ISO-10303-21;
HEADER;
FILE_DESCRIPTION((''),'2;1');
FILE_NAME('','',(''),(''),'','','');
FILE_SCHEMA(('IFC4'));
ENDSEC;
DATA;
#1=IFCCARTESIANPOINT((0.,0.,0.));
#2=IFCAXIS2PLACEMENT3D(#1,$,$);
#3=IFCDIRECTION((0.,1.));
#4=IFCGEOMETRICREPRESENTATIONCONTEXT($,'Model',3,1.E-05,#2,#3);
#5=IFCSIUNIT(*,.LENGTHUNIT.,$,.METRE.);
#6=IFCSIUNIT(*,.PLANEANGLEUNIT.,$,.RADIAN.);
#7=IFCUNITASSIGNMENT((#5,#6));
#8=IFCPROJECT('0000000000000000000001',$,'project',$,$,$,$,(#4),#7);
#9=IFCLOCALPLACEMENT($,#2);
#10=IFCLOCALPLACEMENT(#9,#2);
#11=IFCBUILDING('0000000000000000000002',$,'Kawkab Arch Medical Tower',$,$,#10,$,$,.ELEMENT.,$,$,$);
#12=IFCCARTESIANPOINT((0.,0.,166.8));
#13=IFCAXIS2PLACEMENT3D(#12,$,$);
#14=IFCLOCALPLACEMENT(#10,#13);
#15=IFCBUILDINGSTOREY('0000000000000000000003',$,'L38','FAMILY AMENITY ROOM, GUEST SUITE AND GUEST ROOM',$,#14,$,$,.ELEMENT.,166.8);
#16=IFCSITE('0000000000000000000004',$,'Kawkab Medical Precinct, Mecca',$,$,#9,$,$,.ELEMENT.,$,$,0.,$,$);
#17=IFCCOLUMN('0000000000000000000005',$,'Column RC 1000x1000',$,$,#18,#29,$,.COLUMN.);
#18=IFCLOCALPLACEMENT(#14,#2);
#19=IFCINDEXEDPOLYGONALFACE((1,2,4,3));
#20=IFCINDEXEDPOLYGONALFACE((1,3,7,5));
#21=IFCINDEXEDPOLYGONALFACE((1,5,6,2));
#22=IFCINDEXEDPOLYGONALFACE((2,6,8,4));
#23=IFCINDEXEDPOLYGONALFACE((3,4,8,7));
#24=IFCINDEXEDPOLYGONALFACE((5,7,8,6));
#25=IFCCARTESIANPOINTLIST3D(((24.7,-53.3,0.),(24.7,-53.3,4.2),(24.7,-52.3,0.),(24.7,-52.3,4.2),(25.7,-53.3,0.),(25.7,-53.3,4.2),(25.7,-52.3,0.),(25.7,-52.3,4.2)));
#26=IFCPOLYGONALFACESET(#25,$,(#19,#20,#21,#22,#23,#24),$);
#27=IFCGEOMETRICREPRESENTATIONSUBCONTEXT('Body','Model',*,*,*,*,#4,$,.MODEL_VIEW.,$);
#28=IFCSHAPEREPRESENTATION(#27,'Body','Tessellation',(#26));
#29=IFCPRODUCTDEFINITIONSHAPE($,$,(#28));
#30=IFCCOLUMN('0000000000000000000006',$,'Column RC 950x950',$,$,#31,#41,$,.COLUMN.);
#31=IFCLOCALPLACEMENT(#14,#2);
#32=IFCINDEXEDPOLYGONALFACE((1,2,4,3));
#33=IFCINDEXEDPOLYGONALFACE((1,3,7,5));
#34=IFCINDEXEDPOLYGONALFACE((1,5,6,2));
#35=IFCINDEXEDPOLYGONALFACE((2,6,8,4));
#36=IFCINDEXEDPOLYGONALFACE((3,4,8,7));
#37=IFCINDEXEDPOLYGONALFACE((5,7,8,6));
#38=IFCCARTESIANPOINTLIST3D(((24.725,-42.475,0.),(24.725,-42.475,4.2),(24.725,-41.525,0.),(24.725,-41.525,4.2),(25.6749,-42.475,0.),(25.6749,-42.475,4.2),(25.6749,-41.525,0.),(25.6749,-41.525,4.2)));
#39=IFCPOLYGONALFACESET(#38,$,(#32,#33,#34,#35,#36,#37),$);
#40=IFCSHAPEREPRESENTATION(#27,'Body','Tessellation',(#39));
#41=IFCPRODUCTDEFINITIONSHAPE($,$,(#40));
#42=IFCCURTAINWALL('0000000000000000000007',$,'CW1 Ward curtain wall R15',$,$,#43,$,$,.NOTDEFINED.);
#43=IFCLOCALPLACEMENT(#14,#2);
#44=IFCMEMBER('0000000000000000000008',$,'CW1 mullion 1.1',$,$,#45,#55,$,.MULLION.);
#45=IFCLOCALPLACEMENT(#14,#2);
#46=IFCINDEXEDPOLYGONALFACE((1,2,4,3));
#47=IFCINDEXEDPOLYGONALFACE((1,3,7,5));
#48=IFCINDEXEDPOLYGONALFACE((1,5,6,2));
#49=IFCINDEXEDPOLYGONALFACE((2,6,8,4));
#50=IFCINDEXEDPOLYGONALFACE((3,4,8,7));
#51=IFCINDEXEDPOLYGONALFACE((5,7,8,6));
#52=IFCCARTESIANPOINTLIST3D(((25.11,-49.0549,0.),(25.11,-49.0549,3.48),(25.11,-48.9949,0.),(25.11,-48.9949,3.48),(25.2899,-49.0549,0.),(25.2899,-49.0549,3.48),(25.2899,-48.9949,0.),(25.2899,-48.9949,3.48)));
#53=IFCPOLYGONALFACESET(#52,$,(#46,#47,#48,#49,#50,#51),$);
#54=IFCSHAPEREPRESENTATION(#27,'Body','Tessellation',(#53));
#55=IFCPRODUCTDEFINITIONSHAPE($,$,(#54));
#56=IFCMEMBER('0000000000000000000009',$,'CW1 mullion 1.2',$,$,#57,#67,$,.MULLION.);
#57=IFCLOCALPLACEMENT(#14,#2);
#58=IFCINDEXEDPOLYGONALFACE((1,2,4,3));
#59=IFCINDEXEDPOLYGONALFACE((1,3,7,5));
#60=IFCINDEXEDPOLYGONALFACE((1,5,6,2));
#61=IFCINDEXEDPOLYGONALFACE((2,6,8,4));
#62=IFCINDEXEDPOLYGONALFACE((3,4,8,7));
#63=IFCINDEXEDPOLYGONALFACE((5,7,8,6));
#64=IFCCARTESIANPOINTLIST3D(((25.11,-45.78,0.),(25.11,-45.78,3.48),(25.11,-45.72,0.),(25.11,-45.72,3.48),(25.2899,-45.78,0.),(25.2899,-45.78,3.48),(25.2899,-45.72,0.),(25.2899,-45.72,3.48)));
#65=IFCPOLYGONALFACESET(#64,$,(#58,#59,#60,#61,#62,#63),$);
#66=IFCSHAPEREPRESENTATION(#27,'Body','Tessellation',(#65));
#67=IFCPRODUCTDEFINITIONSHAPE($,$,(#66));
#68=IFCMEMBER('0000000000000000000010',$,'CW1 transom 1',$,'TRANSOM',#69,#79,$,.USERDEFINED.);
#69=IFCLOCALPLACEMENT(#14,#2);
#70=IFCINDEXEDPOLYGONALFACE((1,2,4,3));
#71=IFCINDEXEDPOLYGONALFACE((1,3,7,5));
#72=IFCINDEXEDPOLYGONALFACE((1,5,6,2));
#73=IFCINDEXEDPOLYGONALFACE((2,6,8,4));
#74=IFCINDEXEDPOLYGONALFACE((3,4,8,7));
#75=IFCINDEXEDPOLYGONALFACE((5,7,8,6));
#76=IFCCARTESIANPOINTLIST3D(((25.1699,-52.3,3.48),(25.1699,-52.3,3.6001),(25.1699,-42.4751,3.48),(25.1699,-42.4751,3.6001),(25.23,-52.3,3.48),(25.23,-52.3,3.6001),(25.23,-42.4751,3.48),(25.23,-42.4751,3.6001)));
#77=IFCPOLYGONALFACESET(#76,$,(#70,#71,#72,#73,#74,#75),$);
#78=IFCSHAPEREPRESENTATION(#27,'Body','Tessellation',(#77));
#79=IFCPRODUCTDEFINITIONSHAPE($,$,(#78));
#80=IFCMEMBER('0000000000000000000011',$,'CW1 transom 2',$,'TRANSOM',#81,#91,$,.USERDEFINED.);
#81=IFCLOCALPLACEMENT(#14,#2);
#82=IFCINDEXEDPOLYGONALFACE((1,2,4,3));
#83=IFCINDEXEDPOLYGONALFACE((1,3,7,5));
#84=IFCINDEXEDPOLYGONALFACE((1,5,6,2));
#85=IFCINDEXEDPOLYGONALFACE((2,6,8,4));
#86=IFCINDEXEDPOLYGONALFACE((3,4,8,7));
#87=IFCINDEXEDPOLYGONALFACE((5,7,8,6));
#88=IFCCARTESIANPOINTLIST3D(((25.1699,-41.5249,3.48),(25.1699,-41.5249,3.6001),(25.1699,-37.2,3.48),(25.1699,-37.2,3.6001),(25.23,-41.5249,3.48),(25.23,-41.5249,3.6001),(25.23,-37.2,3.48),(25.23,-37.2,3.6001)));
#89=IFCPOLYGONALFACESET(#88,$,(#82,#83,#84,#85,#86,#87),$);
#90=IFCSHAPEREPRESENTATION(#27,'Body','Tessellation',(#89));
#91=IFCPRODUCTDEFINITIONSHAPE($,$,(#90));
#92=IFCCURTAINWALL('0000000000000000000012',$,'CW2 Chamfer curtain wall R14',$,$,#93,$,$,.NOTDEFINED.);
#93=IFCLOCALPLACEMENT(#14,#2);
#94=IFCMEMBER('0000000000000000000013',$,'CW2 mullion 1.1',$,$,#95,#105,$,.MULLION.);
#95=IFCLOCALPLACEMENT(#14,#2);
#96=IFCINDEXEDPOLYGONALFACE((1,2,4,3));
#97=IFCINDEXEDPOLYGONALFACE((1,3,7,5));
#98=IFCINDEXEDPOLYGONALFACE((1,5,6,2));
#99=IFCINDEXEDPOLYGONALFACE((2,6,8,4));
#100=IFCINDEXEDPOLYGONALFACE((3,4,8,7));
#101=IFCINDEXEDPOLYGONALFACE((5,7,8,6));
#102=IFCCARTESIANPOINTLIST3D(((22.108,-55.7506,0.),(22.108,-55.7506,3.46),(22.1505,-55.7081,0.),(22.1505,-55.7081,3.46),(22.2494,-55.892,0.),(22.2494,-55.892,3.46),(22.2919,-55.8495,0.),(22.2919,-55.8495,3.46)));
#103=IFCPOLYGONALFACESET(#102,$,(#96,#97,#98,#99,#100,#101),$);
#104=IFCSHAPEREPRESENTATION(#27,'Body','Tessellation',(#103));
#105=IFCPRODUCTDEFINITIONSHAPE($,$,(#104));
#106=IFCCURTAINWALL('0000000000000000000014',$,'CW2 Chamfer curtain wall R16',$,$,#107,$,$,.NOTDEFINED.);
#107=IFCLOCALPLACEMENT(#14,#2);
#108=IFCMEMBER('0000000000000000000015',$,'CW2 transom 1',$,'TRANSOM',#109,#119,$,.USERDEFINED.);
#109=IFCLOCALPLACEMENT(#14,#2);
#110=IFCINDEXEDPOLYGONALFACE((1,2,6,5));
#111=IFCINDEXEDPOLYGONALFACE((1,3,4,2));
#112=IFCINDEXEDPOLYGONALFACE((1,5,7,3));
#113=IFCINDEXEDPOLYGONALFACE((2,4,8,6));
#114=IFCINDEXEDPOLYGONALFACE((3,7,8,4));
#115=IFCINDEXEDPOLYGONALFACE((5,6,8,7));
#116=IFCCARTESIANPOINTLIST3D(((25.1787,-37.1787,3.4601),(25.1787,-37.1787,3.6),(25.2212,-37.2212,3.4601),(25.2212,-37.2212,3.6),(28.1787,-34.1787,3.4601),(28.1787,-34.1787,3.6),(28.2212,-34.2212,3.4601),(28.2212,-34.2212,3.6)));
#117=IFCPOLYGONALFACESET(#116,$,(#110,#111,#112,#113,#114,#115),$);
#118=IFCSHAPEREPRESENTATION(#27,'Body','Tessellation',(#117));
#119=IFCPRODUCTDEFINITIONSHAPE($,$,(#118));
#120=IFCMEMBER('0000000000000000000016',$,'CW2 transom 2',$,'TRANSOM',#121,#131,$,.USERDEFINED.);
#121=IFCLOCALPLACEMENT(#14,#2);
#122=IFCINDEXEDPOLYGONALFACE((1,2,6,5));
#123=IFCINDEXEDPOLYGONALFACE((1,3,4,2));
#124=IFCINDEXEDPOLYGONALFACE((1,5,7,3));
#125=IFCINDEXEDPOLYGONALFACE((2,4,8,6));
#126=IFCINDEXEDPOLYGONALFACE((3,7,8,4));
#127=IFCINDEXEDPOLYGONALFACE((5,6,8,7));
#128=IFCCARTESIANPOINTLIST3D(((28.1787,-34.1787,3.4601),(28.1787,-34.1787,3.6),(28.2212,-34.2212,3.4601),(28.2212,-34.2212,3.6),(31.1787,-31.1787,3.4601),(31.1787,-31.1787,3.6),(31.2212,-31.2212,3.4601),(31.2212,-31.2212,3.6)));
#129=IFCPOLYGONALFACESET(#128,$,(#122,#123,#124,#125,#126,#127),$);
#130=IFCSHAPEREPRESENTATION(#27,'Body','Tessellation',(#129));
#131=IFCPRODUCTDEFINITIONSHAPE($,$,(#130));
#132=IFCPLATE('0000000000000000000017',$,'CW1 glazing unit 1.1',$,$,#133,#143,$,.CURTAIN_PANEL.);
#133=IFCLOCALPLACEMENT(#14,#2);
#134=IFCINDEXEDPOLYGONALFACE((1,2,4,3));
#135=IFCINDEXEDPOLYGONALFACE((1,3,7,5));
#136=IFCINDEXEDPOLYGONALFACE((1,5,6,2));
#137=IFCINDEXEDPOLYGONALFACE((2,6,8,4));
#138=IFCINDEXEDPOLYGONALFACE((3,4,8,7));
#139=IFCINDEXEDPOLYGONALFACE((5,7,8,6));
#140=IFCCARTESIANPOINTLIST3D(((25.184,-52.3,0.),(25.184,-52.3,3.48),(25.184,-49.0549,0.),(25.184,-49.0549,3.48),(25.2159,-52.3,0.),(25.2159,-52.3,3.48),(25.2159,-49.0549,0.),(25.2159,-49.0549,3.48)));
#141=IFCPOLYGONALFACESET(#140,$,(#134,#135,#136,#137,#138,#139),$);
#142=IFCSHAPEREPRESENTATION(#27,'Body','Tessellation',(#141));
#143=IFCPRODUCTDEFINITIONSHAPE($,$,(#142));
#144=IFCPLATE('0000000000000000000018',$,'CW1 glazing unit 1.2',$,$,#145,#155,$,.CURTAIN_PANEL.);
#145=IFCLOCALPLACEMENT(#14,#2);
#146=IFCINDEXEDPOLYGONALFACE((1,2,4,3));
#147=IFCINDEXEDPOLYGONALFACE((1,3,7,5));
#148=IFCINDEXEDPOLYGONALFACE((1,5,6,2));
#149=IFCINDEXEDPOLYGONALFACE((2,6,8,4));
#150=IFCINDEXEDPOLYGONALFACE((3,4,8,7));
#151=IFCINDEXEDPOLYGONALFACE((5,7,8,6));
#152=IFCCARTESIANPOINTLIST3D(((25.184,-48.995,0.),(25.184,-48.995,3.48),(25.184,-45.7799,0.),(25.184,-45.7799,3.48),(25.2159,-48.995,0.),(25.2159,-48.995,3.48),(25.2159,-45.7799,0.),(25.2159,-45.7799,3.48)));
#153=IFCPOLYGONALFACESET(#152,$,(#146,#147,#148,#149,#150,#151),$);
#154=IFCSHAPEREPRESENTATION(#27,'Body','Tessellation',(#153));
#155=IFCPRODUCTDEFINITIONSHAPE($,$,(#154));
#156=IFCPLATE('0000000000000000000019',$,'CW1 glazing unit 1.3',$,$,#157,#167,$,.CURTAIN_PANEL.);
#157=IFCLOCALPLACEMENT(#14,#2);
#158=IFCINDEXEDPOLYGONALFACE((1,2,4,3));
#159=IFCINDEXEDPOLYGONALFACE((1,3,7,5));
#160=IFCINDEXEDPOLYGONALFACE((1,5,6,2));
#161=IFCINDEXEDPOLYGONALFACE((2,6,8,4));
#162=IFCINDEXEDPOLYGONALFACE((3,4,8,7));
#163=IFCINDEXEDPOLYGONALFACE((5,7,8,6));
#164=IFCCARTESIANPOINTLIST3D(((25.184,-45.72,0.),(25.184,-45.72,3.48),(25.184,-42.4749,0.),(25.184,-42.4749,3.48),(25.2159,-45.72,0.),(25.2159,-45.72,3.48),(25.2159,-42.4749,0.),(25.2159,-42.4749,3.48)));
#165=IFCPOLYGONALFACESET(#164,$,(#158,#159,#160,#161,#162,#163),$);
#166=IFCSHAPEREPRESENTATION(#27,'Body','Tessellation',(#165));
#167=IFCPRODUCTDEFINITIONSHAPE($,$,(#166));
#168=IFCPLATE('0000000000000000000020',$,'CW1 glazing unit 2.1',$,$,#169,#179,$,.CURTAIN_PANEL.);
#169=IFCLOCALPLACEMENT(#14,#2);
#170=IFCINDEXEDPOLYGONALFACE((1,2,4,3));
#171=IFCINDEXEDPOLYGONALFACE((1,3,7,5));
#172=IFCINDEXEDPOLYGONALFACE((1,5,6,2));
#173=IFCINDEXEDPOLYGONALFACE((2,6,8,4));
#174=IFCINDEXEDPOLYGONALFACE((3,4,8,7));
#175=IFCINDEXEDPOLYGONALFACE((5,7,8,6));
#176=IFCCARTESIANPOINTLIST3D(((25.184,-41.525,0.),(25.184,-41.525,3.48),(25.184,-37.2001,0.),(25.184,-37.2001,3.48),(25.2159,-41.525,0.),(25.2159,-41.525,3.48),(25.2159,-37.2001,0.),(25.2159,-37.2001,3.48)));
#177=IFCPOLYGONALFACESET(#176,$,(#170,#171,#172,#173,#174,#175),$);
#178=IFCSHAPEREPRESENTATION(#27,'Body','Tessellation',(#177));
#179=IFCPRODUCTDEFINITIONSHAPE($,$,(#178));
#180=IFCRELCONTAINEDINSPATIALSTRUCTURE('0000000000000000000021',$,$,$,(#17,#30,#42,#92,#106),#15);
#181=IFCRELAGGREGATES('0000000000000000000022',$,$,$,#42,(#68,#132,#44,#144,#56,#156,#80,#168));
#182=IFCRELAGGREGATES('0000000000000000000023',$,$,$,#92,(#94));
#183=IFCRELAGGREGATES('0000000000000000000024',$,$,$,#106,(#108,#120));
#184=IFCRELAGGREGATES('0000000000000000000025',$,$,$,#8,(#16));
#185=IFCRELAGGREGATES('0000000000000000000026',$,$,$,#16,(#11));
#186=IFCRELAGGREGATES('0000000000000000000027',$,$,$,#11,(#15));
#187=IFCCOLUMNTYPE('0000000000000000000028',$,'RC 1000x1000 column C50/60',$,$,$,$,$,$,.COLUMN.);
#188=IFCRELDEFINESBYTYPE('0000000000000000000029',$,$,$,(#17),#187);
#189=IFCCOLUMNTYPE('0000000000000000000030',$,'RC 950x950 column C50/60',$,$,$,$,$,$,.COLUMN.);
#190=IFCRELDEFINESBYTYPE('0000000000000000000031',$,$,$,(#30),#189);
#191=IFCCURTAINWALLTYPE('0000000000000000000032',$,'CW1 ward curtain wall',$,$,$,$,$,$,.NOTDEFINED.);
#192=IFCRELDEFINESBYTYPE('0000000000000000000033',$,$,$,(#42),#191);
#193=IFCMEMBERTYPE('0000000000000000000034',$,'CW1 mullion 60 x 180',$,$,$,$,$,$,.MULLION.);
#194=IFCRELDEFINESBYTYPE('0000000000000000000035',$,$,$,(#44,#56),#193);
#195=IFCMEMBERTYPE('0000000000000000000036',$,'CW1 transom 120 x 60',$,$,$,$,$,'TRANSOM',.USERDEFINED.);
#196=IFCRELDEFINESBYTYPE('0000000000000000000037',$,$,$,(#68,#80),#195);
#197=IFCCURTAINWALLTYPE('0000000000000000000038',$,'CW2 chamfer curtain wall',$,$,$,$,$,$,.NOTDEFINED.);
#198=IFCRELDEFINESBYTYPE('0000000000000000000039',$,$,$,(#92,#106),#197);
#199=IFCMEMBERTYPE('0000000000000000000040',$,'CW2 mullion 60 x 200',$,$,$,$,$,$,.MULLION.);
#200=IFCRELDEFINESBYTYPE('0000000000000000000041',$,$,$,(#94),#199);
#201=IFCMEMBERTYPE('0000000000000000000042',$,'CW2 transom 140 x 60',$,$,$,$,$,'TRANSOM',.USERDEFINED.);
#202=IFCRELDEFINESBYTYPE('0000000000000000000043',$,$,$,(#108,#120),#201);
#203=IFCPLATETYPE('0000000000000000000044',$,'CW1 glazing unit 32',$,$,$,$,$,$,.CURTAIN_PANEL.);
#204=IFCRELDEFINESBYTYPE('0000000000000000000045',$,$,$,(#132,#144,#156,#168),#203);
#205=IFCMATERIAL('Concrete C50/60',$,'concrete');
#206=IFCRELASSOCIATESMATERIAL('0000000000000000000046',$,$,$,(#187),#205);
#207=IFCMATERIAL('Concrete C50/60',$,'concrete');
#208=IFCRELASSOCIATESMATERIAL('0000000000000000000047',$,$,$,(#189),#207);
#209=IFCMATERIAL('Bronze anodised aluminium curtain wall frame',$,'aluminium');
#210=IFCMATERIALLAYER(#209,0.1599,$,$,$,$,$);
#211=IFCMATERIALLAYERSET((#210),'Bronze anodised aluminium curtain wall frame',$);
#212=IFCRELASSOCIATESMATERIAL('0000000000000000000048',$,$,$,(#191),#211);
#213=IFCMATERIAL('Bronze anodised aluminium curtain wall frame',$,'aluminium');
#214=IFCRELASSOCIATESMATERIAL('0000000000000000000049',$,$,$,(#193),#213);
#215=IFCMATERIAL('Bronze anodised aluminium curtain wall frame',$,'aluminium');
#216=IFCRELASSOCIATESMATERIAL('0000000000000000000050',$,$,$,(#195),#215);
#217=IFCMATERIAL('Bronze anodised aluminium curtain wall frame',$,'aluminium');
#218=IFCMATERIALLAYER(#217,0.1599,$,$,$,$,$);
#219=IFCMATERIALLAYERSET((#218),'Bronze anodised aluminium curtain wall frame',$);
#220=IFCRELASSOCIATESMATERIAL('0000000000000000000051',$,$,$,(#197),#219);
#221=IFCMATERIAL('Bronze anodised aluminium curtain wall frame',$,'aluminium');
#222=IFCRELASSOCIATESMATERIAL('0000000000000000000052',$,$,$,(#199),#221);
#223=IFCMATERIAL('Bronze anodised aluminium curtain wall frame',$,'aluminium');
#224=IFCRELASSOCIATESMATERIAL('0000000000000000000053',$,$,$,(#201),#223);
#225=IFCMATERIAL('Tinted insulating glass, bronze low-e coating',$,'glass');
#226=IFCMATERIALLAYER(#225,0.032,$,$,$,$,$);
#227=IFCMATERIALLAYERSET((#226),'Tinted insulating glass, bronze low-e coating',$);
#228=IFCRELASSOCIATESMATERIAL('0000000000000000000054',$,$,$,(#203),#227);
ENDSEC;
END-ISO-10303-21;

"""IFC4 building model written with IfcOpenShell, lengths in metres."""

from ifc_helpers import new_model, si_unit, direction, frame, origin, origin_2d, place, context, subcontext, project, spatial, rectangle, extrude, material, layer, layer_set, material_profile, profile_set, type_object, element, aggregate, save


model = new_model("IFC4")

# Units and contexts
model_context = context("Model", 3, precision=1e-05, world=origin(), true_north=direction((0.0, 1.0)))
body_context = subcontext(model_context, "Body", "Model", "MODEL_VIEW")
ifc_project = project(units=[si_unit("LENGTHUNIT", "METRE"), si_unit("PLANEANGLEUNIT", "RADIAN")], contexts=[model_context])

# Site, building, storey
site_placement = place(None, origin())
site = spatial("IfcSite", under=ifc_project, at=site_placement, Name="Kawkab Medical Precinct, Mecca", CompositionType="ELEMENT", RefElevation=0.0)
building_placement = place(site_placement, origin())
building = spatial("IfcBuilding", under=site, at=building_placement, Name="Kawkab Arch Medical Tower", CompositionType="ELEMENT")
storey_placement = place(building_placement, frame((0.0, 0.0, 166.8)))
storey = spatial("IfcBuildingStorey", under=building, at=storey_placement, Name="L38", Description="FAMILY AMENITY ROOM, GUEST SUITE AND GUEST ROOM", CompositionType="ELEMENT", Elevation=166.8)

# Columns
ifc_material_1 = material(Name="Concrete C50/60", Category="concrete")
ifc_material_profile_1 = material_profile(ifc_material_1, rectangle(XDim=1.0, YDim=1.0, at=origin_2d()), Name="RC 1000x1000")
ifc_profile_set_1 = profile_set([ifc_material_profile_1], Name="Concrete C50/60")
column_type_1 = type_object("IfcColumnType", Name="RC 1000x1000 column C50/60", PredefinedType="COLUMN", material=ifc_profile_set_1)
column_1_placement = place(storey_placement, frame((25.2, -52.8, 0.0), z_axis=(0.0, 0.0, 1.0), x_axis=(1.0, 0.0, 0.0)))
element("IfcColumn", 1, at=column_1_placement, inside=storey, type_object=column_type_1, Name="Column RC 1000x1000", PredefinedType="COLUMN", context=body_context, shape_type="SweptSolid", body=[
    extrude(rectangle(XDim=1.0, YDim=1.0, at=origin_2d()), origin(), (0.0, 0.0, 1.0), 4.2),
])
ifc_material_2 = material(Name="Concrete C50/60", Category="concrete")
ifc_material_profile_2 = material_profile(ifc_material_2, rectangle(XDim=0.95, YDim=0.95, at=origin_2d()), Name="RC 950x950")
ifc_profile_set_2 = profile_set([ifc_material_profile_2], Name="Concrete C50/60")
column_type_2 = type_object("IfcColumnType", Name="RC 950x950 column C50/60", PredefinedType="COLUMN", material=ifc_profile_set_2)
column_2_placement = place(storey_placement, frame((25.2, -42.0, 0.0), z_axis=(0.0, 0.0, 1.0), x_axis=(1.0, 0.0, 0.0)))
element("IfcColumn", 2, at=column_2_placement, inside=storey, type_object=column_type_2, Name="Column RC 950x950", PredefinedType="COLUMN", context=body_context, shape_type="SweptSolid", body=[
    extrude(rectangle(XDim=0.95, YDim=0.95, at=origin_2d()), origin(), (0.0, 0.0, 1.0), 4.2),
])

# Curtain wall, members
ifc_material_3 = material(Name="Bronze anodised aluminium curtain wall frame", Category="aluminium")
ifc_layer_1 = layer(ifc_material_3, 0.1599)
ifc_layer_set_1 = layer_set([ifc_layer_1], Name="Bronze anodised aluminium curtain wall frame")
curtain_wall_type_1 = type_object("IfcCurtainWallType", Name="CW1 ward curtain wall", PredefinedType="NOTDEFINED", material=ifc_layer_set_1)
placement = place(storey_placement, origin())
curtain_wall_1 = element("IfcCurtainWall", 3, at=placement, inside=storey, type_object=curtain_wall_type_1, Name="CW1 Ward curtain wall R15", PredefinedType="NOTDEFINED")
ifc_material_4 = material(Name="Bronze anodised aluminium curtain wall frame", Category="aluminium")
ifc_material_profile_3 = material_profile(ifc_material_4, rectangle(XDim=0.1799, YDim=0.0601, at=origin_2d()), Name="AL 60x180")
ifc_profile_set_3 = profile_set([ifc_material_profile_3], Name="Bronze anodised aluminium curtain wall frame")
member_type_1 = type_object("IfcMemberType", Name="CW1 mullion 60 x 180", PredefinedType="MULLION", material=ifc_profile_set_3)
member_1_placement = place(storey_placement, frame((25.2, -49.0249, 0.0), z_axis=(0.0, 0.0, 1.0), x_axis=(-1.0, 0.0, 0.0)))
member_1 = element("IfcMember", 4, at=member_1_placement, type_object=member_type_1, Name="CW1 mullion 1.1", PredefinedType="MULLION", context=body_context, shape_type="SweptSolid", body=[
    extrude(rectangle(XDim=0.1799, YDim=0.0601, at=origin_2d()), origin(), (0.0, 0.0, 1.0), 3.48),
])
member_2_placement = place(storey_placement, frame((25.2, -45.75, 0.0), z_axis=(0.0, 0.0, 1.0), x_axis=(-1.0, 0.0, 0.0)))
member_2 = element("IfcMember", 5, at=member_2_placement, type_object=member_type_1, Name="CW1 mullion 1.2", PredefinedType="MULLION", context=body_context, shape_type="SweptSolid", body=[
    extrude(rectangle(XDim=0.1799, YDim=0.0601, at=origin_2d()), origin(), (0.0, 0.0, 1.0), 3.48),
])
ifc_material_5 = material(Name="Bronze anodised aluminium curtain wall frame", Category="aluminium")
ifc_material_profile_4 = material_profile(ifc_material_5, rectangle(XDim=0.0601, YDim=0.1201, at=origin_2d()), Name="AL 60x120")
ifc_profile_set_4 = profile_set([ifc_material_profile_4], Name="Bronze anodised aluminium curtain wall frame")
member_type_2 = type_object("IfcMemberType", Name="CW1 transom 120 x 60", ElementType="TRANSOM", PredefinedType="USERDEFINED", material=ifc_profile_set_4)
member_3_placement = place(storey_placement, frame((25.2, -52.3, 3.54), z_axis=(0.0, 1.0, 0.0), x_axis=(-1.0, 0.0, 0.0)))
member_3 = element("IfcMember", 6, at=member_3_placement, type_object=member_type_2, Name="CW1 transom 1", ObjectType="TRANSOM", PredefinedType="USERDEFINED", context=body_context, shape_type="SweptSolid", body=[
    extrude(rectangle(XDim=0.0601, YDim=0.1201, at=origin_2d()), origin(), (0.0, 0.0, 1.0), 9.825),
])
member_4_placement = place(storey_placement, frame((25.2, -41.5249, 3.54), z_axis=(0.0, 1.0, 0.0), x_axis=(-1.0, 0.0, 0.0)))
member_4 = element("IfcMember", 7, at=member_4_placement, type_object=member_type_2, Name="CW1 transom 2", ObjectType="TRANSOM", PredefinedType="USERDEFINED", context=body_context, shape_type="SweptSolid", body=[
    extrude(rectangle(XDim=0.0601, YDim=0.1201, at=origin_2d()), origin(), (0.0, 0.0, 1.0), 4.325),
])

# Curtain wall, member
ifc_material_6 = material(Name="Bronze anodised aluminium curtain wall frame", Category="aluminium")
ifc_layer_2 = layer(ifc_material_6, 0.1599)
ifc_layer_set_2 = layer_set([ifc_layer_2], Name="Bronze anodised aluminium curtain wall frame")
curtain_wall_type_2 = type_object("IfcCurtainWallType", Name="CW2 chamfer curtain wall", PredefinedType="NOTDEFINED", material=ifc_layer_set_2)
curtain_wall_2 = element("IfcCurtainWall", 8, at=placement, inside=storey, type_object=curtain_wall_type_2, Name="CW2 Chamfer curtain wall R14", PredefinedType="NOTDEFINED")
ifc_material_7 = material(Name="Bronze anodised aluminium curtain wall frame", Category="aluminium")
ifc_material_profile_5 = material_profile(ifc_material_7, rectangle(XDim=0.2, YDim=0.0601, at=origin_2d()), Name="AL 60x200")
ifc_profile_set_5 = profile_set([ifc_material_profile_5], Name="Bronze anodised aluminium curtain wall frame")
member_type_3 = type_object("IfcMemberType", Name="CW2 mullion 60 x 200", PredefinedType="MULLION", material=ifc_profile_set_5)
member_5_placement = place(storey_placement, frame((22.2, -55.8, 0.0), z_axis=(0.0, 0.0, 1.0), x_axis=(-0.707107, 0.707107, 0.0)))
member_5 = element("IfcMember", 9, at=member_5_placement, type_object=member_type_3, Name="CW2 mullion 1.1", PredefinedType="MULLION", context=body_context, shape_type="SweptSolid", body=[
    extrude(rectangle(XDim=0.2, YDim=0.0601, at=origin_2d()), origin(), (0.0, 0.0, 1.0), 3.46),
])

# Curtain wall, members
curtain_wall_3 = element("IfcCurtainWall", 10, at=placement, inside=storey, type_object=curtain_wall_type_2, Name="CW2 Chamfer curtain wall R16", PredefinedType="NOTDEFINED")
ifc_material_8 = material(Name="Bronze anodised aluminium curtain wall frame", Category="aluminium")
ifc_material_profile_6 = material_profile(ifc_material_8, rectangle(XDim=0.0601, YDim=0.1399, at=origin_2d()), Name="AL 60x140")
ifc_profile_set_6 = profile_set([ifc_material_profile_6], Name="Bronze anodised aluminium curtain wall frame")
member_type_4 = type_object("IfcMemberType", Name="CW2 transom 140 x 60", ElementType="TRANSOM", PredefinedType="USERDEFINED", material=ifc_profile_set_6)
member_6_placement = place(storey_placement, frame((25.2, -37.2, 3.53), z_axis=(0.707107, 0.707107, 0.0), x_axis=(-0.707107, 0.707107, 0.0)))
member_6 = element("IfcMember", 11, at=member_6_placement, type_object=member_type_4, Name="CW2 transom 1", ObjectType="TRANSOM", PredefinedType="USERDEFINED", context=body_context, shape_type="SweptSolid", body=[
    extrude(rectangle(XDim=0.0601, YDim=0.1399, at=origin_2d()), origin(), (0.0, 0.0, 1.0), 4.2427),
])
member_7_placement = place(storey_placement, frame((28.2, -34.2, 3.53), z_axis=(0.707107, 0.707107, 0.0), x_axis=(-0.707107, 0.707107, 0.0)))
member_7 = element("IfcMember", 12, at=member_7_placement, type_object=member_type_4, Name="CW2 transom 2", ObjectType="TRANSOM", PredefinedType="USERDEFINED", context=body_context, shape_type="SweptSolid", body=[
    extrude(rectangle(XDim=0.0601, YDim=0.1399, at=origin_2d()), origin(), (0.0, 0.0, 1.0), 4.2427),
])

# Plates
ifc_material_9 = material(Name="Tinted insulating glass, bronze low-e coating", Category="glass")
ifc_layer_3 = layer(ifc_material_9, 0.032)
ifc_layer_set_3 = layer_set([ifc_layer_3], Name="Tinted insulating glass, bronze low-e coating")
plate_type_1 = type_object("IfcPlateType", Name="CW1 glazing unit 32", PredefinedType="CURTAIN_PANEL", material=ifc_layer_set_3)
plate_1_placement = place(storey_placement, frame((25.2, -50.6775, 0.0), z_axis=(0.0, 0.0, 1.0), x_axis=(0.0, 1.0, 0.0)))
plate_1 = element("IfcPlate", 13, at=plate_1_placement, type_object=plate_type_1, Name="CW1 glazing unit 1.1", PredefinedType="CURTAIN_PANEL", context=body_context, shape_type="SweptSolid", body=[
    extrude(rectangle(XDim=3.2451, YDim=0.032, at=origin_2d()), origin(), (0.0, 0.0, 1.0), 3.48),
])
plate_2_placement = place(storey_placement, frame((25.2, -47.3875, 0.0), z_axis=(0.0, 0.0, 1.0), x_axis=(0.0, 1.0, 0.0)))
plate_2 = element("IfcPlate", 14, at=plate_2_placement, type_object=plate_type_1, Name="CW1 glazing unit 1.2", PredefinedType="CURTAIN_PANEL", context=body_context, shape_type="SweptSolid", body=[
    extrude(rectangle(XDim=3.2151, YDim=0.032, at=origin_2d()), origin(), (0.0, 0.0, 1.0), 3.48),
])
plate_3_placement = place(storey_placement, frame((25.2, -44.0974, 0.0), z_axis=(0.0, 0.0, 1.0), x_axis=(0.0, 1.0, 0.0)))
plate_3 = element("IfcPlate", 15, at=plate_3_placement, type_object=plate_type_1, Name="CW1 glazing unit 1.3", PredefinedType="CURTAIN_PANEL", context=body_context, shape_type="SweptSolid", body=[
    extrude(rectangle(XDim=3.2451, YDim=0.032, at=origin_2d()), origin(), (0.0, 0.0, 1.0), 3.48),
])
plate_4_placement = place(storey_placement, frame((25.2, -39.3625, 0.0), z_axis=(0.0, 0.0, 1.0), x_axis=(0.0, 1.0, 0.0)))
plate_4 = element("IfcPlate", 16, at=plate_4_placement, type_object=plate_type_1, Name="CW1 glazing unit 2.1", PredefinedType="CURTAIN_PANEL", context=body_context, shape_type="SweptSolid", body=[
    extrude(rectangle(XDim=4.325, YDim=0.032, at=origin_2d()), origin(), (0.0, 0.0, 1.0), 3.48),
])
aggregate(curtain_wall_1, [member_3, plate_1, member_1, plate_2, member_2, plate_3, member_4, plate_4])
aggregate(curtain_wall_2, [member_5])
aggregate(curtain_wall_3, [member_6, member_7])

save(model, "model.ifc")
